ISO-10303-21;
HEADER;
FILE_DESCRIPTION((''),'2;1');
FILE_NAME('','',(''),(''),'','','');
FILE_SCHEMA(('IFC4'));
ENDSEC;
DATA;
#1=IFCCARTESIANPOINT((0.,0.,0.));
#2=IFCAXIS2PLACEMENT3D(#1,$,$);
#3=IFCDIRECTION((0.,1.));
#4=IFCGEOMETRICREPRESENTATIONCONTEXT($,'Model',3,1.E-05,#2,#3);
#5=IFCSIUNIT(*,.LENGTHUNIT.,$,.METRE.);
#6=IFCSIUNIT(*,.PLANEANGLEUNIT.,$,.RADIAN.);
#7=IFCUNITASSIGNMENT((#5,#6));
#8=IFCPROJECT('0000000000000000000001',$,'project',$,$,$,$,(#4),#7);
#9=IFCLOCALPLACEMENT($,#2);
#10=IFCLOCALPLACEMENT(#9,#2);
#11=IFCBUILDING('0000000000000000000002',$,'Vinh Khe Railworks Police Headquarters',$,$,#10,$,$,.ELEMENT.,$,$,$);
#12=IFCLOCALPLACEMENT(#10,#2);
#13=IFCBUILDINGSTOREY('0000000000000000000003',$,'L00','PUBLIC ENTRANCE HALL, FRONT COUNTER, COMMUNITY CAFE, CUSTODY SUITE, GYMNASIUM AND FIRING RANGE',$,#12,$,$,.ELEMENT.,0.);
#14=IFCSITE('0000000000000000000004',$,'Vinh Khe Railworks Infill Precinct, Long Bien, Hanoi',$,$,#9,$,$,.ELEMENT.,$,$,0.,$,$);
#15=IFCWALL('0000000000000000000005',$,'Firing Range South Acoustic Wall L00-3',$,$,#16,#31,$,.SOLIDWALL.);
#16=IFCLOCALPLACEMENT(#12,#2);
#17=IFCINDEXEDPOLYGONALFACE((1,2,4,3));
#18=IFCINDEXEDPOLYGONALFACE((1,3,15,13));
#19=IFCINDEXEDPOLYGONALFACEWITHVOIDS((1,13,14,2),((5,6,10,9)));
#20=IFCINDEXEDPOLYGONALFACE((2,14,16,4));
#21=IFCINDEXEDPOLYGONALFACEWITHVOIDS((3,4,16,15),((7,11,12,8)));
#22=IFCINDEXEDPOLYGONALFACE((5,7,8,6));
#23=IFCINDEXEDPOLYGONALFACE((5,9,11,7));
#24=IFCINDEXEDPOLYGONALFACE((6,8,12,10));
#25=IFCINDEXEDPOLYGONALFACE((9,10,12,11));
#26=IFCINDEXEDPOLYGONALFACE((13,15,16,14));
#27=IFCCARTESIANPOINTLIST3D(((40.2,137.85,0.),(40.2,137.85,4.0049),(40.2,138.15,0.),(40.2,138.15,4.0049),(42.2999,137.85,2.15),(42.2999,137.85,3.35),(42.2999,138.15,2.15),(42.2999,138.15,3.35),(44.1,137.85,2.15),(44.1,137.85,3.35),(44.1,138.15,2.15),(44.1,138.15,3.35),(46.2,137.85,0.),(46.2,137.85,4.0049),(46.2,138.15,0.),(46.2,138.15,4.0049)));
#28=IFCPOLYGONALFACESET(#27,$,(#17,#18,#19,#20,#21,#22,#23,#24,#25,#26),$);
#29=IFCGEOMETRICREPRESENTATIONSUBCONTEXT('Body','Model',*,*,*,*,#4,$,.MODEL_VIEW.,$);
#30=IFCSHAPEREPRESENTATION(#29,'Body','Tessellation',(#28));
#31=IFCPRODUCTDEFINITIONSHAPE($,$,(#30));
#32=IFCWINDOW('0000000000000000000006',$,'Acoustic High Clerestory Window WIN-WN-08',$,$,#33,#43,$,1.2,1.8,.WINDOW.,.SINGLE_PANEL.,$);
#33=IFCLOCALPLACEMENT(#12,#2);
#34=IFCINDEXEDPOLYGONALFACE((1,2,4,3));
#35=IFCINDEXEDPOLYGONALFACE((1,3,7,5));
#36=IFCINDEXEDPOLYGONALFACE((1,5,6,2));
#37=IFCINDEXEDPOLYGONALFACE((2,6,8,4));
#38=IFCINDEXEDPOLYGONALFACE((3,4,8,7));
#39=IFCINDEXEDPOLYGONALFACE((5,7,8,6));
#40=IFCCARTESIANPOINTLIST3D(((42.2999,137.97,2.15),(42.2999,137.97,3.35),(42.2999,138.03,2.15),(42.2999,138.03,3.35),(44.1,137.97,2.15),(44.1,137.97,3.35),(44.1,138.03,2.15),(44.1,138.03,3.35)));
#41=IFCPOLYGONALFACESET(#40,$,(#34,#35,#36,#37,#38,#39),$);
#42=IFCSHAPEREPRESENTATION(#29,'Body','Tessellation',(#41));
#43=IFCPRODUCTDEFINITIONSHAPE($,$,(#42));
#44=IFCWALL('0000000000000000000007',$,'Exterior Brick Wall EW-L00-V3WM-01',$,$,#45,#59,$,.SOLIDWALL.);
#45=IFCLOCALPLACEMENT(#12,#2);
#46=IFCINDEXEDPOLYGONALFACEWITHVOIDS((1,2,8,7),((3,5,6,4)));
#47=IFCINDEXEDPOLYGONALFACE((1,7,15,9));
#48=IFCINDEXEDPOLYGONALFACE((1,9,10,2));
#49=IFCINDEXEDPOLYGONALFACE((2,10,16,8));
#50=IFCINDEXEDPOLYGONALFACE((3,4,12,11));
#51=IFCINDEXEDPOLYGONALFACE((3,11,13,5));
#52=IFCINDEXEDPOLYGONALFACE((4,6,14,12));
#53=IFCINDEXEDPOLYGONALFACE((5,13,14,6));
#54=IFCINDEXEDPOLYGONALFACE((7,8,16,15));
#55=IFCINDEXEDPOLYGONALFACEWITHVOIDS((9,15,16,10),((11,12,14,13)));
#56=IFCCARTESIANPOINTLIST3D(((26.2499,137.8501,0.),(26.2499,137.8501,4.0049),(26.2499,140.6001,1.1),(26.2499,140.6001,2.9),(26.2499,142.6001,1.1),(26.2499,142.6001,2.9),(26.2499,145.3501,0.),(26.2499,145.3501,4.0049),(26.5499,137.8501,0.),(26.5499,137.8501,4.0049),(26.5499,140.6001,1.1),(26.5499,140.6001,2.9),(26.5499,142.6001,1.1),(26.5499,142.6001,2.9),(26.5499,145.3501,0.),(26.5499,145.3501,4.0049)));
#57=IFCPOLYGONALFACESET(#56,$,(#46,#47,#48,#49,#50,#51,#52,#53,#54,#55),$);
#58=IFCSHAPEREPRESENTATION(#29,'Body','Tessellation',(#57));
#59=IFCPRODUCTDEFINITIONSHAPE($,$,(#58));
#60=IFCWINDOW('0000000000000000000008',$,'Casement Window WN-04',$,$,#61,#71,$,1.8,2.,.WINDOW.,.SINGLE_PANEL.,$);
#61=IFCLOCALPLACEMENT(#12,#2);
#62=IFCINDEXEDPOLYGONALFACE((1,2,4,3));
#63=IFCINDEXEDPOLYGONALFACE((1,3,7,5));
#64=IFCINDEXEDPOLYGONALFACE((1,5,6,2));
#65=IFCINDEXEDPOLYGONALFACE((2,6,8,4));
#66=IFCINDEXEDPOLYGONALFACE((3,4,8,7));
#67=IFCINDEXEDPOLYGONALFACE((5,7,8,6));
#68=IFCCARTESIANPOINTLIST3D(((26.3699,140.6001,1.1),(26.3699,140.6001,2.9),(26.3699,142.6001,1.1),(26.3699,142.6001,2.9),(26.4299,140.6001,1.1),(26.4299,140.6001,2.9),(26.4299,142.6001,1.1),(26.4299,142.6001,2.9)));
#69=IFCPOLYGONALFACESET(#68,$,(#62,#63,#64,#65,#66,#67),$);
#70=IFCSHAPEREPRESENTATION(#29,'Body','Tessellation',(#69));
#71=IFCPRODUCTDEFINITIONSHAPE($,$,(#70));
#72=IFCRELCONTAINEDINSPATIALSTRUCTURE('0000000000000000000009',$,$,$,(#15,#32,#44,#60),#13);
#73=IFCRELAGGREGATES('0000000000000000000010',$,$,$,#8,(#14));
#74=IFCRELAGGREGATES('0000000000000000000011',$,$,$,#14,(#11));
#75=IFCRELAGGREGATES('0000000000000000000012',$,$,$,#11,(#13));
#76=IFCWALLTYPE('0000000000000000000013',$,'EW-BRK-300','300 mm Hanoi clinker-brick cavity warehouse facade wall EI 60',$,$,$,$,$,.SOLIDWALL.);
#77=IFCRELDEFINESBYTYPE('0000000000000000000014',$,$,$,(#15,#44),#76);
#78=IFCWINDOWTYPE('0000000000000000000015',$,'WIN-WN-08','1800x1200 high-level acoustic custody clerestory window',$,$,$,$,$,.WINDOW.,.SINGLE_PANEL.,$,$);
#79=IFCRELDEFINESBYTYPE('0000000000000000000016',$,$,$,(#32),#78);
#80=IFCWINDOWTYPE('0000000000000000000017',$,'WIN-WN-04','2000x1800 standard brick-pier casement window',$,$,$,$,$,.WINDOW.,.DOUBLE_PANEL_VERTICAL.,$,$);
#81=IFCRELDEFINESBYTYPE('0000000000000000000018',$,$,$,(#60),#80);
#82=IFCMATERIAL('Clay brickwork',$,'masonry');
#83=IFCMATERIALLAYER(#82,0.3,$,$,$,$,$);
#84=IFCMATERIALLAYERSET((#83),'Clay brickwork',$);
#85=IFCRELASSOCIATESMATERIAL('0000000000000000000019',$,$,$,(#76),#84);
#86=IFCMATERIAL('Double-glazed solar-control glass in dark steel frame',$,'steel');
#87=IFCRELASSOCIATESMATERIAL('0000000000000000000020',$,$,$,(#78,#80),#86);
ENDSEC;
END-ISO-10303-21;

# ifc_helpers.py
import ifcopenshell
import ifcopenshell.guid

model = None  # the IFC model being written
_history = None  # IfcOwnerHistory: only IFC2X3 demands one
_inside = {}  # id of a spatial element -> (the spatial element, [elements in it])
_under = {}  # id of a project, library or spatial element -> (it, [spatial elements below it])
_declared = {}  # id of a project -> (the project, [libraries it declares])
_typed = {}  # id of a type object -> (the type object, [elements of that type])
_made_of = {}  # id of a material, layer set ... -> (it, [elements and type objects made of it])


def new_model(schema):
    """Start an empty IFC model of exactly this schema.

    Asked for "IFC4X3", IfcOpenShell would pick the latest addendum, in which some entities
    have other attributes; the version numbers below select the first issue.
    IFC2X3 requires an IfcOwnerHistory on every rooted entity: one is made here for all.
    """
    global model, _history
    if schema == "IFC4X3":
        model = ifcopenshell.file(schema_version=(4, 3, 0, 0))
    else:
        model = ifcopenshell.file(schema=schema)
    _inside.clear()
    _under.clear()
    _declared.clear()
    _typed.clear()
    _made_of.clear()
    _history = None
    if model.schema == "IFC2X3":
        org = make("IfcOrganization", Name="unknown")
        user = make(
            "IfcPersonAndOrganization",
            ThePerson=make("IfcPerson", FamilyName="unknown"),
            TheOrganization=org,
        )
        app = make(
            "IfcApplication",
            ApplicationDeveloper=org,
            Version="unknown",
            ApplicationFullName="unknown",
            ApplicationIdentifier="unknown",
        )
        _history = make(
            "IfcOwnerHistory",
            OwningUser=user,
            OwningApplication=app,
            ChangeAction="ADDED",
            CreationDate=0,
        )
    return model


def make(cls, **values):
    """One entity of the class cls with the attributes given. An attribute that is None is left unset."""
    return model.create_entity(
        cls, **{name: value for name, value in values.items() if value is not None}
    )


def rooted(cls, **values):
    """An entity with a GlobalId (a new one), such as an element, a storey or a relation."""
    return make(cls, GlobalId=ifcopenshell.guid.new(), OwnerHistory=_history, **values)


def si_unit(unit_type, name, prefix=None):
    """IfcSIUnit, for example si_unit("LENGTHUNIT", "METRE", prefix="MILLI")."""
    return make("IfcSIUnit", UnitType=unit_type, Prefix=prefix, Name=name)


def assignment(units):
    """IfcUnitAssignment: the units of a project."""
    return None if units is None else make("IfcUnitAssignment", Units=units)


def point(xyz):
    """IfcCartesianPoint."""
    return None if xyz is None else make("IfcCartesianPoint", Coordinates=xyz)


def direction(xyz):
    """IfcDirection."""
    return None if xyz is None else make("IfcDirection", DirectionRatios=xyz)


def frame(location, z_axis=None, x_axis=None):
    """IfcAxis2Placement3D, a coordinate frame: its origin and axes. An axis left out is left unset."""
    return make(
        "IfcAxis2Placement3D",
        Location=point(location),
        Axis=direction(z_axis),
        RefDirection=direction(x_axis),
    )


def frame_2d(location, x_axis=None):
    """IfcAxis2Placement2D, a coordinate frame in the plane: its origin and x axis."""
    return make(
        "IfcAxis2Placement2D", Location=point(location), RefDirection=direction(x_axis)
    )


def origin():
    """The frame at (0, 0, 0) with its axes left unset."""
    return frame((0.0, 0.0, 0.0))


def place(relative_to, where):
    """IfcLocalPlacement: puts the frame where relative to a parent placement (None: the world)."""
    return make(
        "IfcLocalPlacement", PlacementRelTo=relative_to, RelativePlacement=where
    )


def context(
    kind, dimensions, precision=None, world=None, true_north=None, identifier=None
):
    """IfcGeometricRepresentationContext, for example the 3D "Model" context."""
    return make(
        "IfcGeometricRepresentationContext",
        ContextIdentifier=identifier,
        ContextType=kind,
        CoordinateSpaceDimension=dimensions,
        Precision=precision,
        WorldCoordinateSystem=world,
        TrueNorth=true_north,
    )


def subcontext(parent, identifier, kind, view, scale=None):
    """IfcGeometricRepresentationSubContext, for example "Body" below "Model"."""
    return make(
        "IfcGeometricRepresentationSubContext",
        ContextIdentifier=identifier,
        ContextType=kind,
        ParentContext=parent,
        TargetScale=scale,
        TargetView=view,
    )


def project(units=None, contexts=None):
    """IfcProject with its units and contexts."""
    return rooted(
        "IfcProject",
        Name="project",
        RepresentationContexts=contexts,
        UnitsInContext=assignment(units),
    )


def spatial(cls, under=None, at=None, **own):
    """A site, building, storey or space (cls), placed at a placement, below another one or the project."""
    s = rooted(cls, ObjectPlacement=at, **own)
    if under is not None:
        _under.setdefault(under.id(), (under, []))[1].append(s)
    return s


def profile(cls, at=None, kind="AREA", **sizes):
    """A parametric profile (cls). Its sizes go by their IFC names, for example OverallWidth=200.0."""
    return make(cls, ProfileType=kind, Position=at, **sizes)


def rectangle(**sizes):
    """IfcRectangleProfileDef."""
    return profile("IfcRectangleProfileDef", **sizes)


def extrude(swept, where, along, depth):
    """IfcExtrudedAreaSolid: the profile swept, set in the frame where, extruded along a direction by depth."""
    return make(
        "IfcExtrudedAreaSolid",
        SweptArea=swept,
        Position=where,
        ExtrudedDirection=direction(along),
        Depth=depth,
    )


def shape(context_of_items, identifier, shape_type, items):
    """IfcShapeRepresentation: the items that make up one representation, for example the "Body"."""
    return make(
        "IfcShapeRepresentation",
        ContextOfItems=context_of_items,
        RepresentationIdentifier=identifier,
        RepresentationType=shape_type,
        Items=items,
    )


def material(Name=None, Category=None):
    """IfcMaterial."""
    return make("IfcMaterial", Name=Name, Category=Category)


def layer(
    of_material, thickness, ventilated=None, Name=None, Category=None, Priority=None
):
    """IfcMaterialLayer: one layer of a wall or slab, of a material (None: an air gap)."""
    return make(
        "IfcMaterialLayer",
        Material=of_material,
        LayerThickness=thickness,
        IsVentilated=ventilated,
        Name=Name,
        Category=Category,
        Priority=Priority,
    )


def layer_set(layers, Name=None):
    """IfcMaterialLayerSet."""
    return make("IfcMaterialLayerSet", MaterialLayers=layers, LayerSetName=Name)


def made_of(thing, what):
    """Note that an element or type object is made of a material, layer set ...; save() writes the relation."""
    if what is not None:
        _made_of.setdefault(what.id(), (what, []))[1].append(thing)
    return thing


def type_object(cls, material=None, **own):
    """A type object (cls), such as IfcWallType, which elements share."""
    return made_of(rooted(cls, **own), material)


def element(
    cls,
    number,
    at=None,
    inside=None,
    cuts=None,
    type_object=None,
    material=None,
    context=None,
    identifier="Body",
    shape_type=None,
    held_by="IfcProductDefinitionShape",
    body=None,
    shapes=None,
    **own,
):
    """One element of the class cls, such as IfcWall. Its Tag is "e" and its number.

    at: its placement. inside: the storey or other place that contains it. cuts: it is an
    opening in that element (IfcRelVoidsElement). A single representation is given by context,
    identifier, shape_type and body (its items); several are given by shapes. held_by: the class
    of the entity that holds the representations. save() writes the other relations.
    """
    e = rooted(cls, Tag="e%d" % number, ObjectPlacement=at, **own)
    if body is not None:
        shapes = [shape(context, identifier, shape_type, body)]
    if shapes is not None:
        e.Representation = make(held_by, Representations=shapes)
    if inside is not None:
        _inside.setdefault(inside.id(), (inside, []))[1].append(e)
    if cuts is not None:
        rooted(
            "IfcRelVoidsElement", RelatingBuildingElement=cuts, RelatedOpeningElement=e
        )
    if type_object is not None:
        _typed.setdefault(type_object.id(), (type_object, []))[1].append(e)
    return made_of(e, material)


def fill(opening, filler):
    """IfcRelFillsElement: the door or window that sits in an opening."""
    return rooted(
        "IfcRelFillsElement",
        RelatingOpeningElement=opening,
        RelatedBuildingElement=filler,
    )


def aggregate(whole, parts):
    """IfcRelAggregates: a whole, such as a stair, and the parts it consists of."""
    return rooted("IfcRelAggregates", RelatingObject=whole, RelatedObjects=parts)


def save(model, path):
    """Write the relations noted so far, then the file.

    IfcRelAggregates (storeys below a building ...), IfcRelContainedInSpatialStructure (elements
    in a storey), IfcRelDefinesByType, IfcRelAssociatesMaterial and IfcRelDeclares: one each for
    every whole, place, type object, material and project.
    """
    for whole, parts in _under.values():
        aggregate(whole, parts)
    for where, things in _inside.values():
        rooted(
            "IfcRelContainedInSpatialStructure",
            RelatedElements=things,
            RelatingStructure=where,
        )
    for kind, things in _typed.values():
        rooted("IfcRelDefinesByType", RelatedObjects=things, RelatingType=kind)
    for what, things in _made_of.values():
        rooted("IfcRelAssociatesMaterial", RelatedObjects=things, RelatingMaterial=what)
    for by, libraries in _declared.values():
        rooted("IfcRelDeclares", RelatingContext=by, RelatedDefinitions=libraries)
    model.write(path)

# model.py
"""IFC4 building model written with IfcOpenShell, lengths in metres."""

from ifc_helpers import new_model, si_unit, direction, frame, frame_2d, origin, place, context, subcontext, project, spatial, rectangle, extrude, material, layer, layer_set, type_object, element, fill, save


model = new_model("IFC4")

# Units and contexts
model_context = context("Model", 3, precision=1e-05, world=origin(), true_north=direction((0.0, 1.0)))
body_context = subcontext(model_context, "Body", "Model", "MODEL_VIEW")
ifc_project = project(units=[si_unit("LENGTHUNIT", "METRE"), si_unit("PLANEANGLEUNIT", "RADIAN")], contexts=[model_context])

# Site, building, storey
site_placement = place(None, origin())
site = spatial("IfcSite", under=ifc_project, at=site_placement, Name="Vinh Khe Railworks Infill Precinct, Long Bien, Hanoi", CompositionType="ELEMENT", RefElevation=0.0)
building_placement = place(site_placement, origin())
building = spatial("IfcBuilding", under=site, at=building_placement, Name="Vinh Khe Railworks Police Headquarters", CompositionType="ELEMENT")
storey_placement = place(building_placement, origin())
storey = spatial("IfcBuildingStorey", under=building, at=storey_placement, Name="L00", Description="PUBLIC ENTRANCE HALL, FRONT COUNTER, COMMUNITY CAFE, CUSTODY SUITE, GYMNASIUM AND FIRING RANGE", CompositionType="ELEMENT", Elevation=0.0)

# Shared definitions
ifc_material_1 = material(Name="Clay brickwork", Category="masonry")
ifc_layer = layer(ifc_material_1, 0.3)
ifc_layer_set = layer_set([ifc_layer], Name="Clay brickwork")
wall_type = type_object("IfcWallType", Name="EW-BRK-300", Description="300 mm Hanoi clinker-brick cavity warehouse facade wall EI 60", PredefinedType="SOLIDWALL", material=ifc_layer_set)

# Walls, openings, windows
ifc_material_2 = material(Name="Double-glazed solar-control glass in dark steel frame", Category="steel")
window_type_1 = type_object("IfcWindowType", Name="WIN-WN-08", Description="1800x1200 high-level acoustic custody clerestory window", PartitioningType="SINGLE_PANEL", PredefinedType="WINDOW", material=ifc_material_2)
wall_1_placement = place(storey_placement, frame((40.2, 138.0, 0.0), z_axis=(0.0, 0.0, 1.0), x_axis=(1.0, 0.0, 0.0)))
wall_1 = element("IfcWall", 1, at=wall_1_placement, inside=storey, type_object=wall_type, Name="Firing Range South Acoustic Wall L00-3", PredefinedType="SOLIDWALL", context=body_context, shape_type="SweptSolid", body=[
    extrude(rectangle(XDim=6.0, YDim=0.3, at=frame_2d((3.0, 0.0))), origin(), (0.0, 0.0, 1.0), 4.0049),
])
opening_1_placement = place(wall_1_placement, frame((2.1001, 0.0, 2.1499)))
opening_1 = element("IfcOpeningElement", 2, at=opening_1_placement, cuts=wall_1, PredefinedType="OPENING", context=body_context, shape_type="SweptSolid", body=[
    extrude(rectangle(XDim=1.8, YDim=1.2, at=frame_2d((0.8999, 0.6001))), frame((0.0, 0.165, 0.0), z_axis=(0.0, -1.0, 0.0), x_axis=(1.0, 0.0, 0.0)), (0.0, 0.0, 1.0), 0.3298),
])
window_1_placement = place(opening_1_placement, origin())
window_1 = element("IfcWindow", 3, at=window_1_placement, inside=storey, type_object=window_type_1, Name="Acoustic High Clerestory Window WIN-WN-08", OverallHeight=1.2, OverallWidth=1.8, PartitioningType="SINGLE_PANEL", PredefinedType="WINDOW", context=body_context, shape_type="SweptSolid", body=[
    extrude(rectangle(XDim=1.8, YDim=1.2, at=frame_2d((0.8999, 0.6001))), frame((0.0, 0.03, 0.0), z_axis=(0.0, -1.0, 0.0), x_axis=(1.0, 0.0, 0.0)), (0.0, 0.0, 1.0), 0.0601),
])
fill(opening_1, window_1)
wall_2_placement = place(storey_placement, frame((26.3999, 137.8501, 0.0), z_axis=(0.0, 0.0, 1.0), x_axis=(0.0, 1.0, 0.0)))
wall_2 = element("IfcWall", 4, at=wall_2_placement, inside=storey, type_object=wall_type, Name="Exterior Brick Wall EW-L00-V3WM-01", PredefinedType="SOLIDWALL", context=body_context, shape_type="SweptSolid", body=[
    extrude(rectangle(XDim=7.5, YDim=0.3, at=frame_2d((3.75, 0.0))), origin(), (0.0, 0.0, 1.0), 4.0049),
])
opening_2_placement = place(wall_2_placement, frame((2.75, 0.0, 1.1001)))
opening_2 = element("IfcOpeningElement", 5, at=opening_2_placement, cuts=wall_2, PredefinedType="OPENING", context=body_context, shape_type="SweptSolid", body=[
    extrude(rectangle(XDim=2.0, YDim=1.8, at=frame_2d((1.0, 0.8999))), frame((0.0, 0.165, 0.0), z_axis=(0.0, -1.0, 0.0), x_axis=(1.0, 0.0, 0.0)), (0.0, 0.0, 1.0), 0.3298),
])
window_type_2 = type_object("IfcWindowType", Name="WIN-WN-04", Description="2000x1800 standard brick-pier casement window", PartitioningType="DOUBLE_PANEL_VERTICAL", PredefinedType="WINDOW", material=ifc_material_2)
window_2_placement = place(opening_2_placement, origin())
window_2 = element("IfcWindow", 6, at=window_2_placement, inside=storey, type_object=window_type_2, Name="Casement Window WN-04", OverallHeight=1.8, OverallWidth=2.0, PartitioningType="SINGLE_PANEL", PredefinedType="WINDOW", context=body_context, shape_type="SweptSolid", body=[
    extrude(rectangle(XDim=2.0, YDim=1.8, at=frame_2d((1.0, 0.8999))), frame((0.0, 0.03, 0.0), z_axis=(0.0, -1.0, 0.0), x_axis=(1.0, 0.0, 0.0)), (0.0, 0.0, 1.0), 0.0601),
])
fill(opening_2, window_2)

save(model, "model.ifc")
